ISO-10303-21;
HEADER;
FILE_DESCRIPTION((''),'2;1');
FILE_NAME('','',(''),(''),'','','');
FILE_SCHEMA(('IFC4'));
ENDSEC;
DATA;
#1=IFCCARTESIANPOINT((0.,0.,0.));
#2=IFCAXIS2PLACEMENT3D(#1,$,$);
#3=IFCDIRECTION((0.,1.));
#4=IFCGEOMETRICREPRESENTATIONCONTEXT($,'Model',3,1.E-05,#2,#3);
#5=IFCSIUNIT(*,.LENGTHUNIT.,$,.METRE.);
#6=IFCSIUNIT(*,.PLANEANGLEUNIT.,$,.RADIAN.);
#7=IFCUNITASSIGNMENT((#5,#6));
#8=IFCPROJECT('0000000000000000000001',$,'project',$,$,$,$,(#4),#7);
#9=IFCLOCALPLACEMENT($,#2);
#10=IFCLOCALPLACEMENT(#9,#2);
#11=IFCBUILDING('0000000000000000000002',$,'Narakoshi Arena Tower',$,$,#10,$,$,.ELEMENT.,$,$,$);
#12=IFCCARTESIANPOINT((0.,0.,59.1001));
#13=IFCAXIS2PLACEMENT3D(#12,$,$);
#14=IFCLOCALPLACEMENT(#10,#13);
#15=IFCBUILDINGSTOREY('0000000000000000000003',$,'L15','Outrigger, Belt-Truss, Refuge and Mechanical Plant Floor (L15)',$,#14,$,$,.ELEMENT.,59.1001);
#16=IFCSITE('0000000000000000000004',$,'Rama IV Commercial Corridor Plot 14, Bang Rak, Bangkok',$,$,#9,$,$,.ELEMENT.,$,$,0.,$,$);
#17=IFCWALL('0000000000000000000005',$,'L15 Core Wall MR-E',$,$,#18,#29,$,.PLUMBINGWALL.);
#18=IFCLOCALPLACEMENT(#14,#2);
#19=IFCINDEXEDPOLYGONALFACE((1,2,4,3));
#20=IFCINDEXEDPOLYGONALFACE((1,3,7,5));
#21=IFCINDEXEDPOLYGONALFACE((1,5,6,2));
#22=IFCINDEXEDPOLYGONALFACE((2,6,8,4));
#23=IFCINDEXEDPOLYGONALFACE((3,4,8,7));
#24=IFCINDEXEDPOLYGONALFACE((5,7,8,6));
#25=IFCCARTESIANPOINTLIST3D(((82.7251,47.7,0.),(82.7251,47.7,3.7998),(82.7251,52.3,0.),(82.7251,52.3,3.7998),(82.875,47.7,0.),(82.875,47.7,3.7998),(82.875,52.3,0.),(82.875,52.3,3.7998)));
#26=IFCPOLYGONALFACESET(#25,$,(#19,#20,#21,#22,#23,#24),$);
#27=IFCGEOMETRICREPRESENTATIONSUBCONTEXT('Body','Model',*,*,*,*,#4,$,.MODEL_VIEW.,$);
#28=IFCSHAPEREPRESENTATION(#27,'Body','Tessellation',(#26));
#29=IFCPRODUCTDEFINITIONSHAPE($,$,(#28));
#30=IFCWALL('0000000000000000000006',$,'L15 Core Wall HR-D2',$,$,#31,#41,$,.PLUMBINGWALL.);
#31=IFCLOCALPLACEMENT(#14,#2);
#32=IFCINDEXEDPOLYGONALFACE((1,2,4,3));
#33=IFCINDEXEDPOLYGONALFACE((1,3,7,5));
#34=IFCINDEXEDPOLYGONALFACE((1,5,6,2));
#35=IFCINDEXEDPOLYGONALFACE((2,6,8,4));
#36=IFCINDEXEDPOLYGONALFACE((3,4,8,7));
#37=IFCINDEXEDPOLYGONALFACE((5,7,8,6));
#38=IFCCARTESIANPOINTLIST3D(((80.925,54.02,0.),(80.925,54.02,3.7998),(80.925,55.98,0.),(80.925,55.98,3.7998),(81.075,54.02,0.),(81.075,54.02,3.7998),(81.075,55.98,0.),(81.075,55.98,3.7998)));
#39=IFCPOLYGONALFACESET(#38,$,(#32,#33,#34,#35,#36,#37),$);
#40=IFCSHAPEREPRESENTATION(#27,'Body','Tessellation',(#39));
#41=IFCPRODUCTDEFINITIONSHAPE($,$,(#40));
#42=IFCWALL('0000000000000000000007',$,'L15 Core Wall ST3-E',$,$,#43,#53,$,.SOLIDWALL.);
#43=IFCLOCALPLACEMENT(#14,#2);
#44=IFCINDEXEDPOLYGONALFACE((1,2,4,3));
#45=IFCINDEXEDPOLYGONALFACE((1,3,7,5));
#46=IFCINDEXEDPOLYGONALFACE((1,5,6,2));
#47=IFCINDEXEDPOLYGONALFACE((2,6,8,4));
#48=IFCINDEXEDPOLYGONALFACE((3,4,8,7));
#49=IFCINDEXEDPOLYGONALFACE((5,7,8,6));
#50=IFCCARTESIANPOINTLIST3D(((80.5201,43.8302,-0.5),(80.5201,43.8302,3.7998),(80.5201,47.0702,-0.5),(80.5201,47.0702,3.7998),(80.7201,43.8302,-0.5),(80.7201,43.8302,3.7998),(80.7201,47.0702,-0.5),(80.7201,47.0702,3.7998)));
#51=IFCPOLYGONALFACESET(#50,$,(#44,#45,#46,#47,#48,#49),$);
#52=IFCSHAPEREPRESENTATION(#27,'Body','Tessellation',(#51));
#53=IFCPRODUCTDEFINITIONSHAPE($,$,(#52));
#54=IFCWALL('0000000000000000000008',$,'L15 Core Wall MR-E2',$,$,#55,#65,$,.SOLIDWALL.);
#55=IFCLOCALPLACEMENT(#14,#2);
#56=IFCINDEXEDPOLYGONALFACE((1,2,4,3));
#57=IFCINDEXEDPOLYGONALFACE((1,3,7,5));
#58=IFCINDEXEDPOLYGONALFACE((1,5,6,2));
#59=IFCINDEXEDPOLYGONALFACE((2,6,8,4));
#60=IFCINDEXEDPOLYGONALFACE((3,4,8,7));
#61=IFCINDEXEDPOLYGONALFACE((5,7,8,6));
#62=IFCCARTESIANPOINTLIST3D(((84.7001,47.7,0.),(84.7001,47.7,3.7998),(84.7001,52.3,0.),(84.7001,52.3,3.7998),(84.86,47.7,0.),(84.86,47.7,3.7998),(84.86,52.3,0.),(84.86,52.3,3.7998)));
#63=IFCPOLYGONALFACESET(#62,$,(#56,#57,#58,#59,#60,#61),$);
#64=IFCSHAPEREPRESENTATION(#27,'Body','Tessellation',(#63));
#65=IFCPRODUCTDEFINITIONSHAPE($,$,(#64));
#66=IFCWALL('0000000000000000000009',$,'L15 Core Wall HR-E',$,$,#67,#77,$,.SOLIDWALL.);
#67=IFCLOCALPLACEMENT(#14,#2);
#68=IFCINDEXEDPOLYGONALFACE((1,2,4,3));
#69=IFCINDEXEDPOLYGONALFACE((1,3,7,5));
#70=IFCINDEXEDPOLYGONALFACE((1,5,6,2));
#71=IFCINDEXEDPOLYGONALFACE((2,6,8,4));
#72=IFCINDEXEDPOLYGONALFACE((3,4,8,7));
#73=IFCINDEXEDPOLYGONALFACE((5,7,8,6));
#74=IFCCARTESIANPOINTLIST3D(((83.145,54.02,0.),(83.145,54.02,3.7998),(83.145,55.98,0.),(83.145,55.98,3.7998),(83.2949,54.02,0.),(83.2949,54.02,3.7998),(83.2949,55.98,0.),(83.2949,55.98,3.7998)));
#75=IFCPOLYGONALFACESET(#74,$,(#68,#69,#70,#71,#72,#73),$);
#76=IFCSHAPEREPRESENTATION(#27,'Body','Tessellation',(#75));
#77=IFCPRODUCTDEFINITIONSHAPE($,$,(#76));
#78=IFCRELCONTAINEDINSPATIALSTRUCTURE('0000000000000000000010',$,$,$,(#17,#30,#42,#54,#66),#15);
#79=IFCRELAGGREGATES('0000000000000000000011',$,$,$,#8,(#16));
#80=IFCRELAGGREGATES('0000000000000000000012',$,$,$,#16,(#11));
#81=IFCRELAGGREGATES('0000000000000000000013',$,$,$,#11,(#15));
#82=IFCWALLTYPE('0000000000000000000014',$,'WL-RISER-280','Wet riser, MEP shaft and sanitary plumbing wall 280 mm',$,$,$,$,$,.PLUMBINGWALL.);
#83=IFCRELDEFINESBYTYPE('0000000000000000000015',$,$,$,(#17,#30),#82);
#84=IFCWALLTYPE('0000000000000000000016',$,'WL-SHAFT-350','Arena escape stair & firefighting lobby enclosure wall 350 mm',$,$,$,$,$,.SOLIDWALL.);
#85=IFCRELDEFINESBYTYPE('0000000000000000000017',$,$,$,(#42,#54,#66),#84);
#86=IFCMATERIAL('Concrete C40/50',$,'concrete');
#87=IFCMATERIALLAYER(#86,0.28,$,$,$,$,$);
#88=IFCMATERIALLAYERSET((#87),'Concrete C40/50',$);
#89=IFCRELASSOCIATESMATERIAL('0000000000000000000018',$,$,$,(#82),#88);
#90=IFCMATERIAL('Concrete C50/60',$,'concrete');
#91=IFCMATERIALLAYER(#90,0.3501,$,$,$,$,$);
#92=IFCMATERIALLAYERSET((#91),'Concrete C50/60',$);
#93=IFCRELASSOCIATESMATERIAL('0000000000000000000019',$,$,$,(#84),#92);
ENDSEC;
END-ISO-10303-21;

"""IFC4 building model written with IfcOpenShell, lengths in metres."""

from ifc_helpers import new_model, si_unit, direction, frame, frame_2d, origin, place, context, subcontext, project, spatial, rectangle, extrude, material, layer, layer_set, type_object, element, save


model = new_model("IFC4")

# Units and contexts
model_context = context("Model", 3, precision=1e-05, world=origin(), true_north=direction((0.0, 1.0)))
body_context = subcontext(model_context, "Body", "Model", "MODEL_VIEW")
ifc_project = project(units=[si_unit("LENGTHUNIT", "METRE"), si_unit("PLANEANGLEUNIT", "RADIAN")], contexts=[model_context])

# Site, building, storey
site_placement = place(None, origin())
site = spatial("IfcSite", under=ifc_project, at=site_placement, Name="Rama IV Commercial Corridor Plot 14, Bang Rak, Bangkok", CompositionType="ELEMENT", RefElevation=0.0)
building_placement = place(site_placement, origin())
building = spatial("IfcBuilding", under=site, at=building_placement, Name="Narakoshi Arena Tower", CompositionType="ELEMENT")
storey_placement = place(building_placement, frame((0.0, 0.0, 59.1001)))
storey = spatial("IfcBuildingStorey", under=building, at=storey_placement, Name="L15", Description="Outrigger, Belt-Truss, Refuge and Mechanical Plant Floor (L15)", CompositionType="ELEMENT", Elevation=59.1001)

# Shared definitions
ifc_material_1 = material(Name="Concrete C40/50", Category="concrete")
ifc_layer_1 = layer(ifc_material_1, 0.28)
ifc_layer_set_1 = layer_set([ifc_layer_1], Name="Concrete C40/50")
wall_type_1 = type_object("IfcWallType", Name="WL-RISER-280", Description="Wet riser, MEP shaft and sanitary plumbing wall 280 mm", PredefinedType="PLUMBINGWALL", material=ifc_layer_set_1)

# Walls
wall_1_placement = place(storey_placement, frame((82.8, 47.7, 0.0), z_axis=(0.0, 0.0, 1.0), x_axis=(0.0, 1.0, 0.0)))
element("IfcWall", 1, at=wall_1_placement, inside=storey, type_object=wall_type_1, Name="L15 Core Wall MR-E", PredefinedType="PLUMBINGWALL", context=body_context, shape_type="SweptSolid", body=[
    extrude(rectangle(XDim=4.6001, YDim=0.1499, at=frame_2d((2.3, 0.0))), origin(), (0.0, 0.0, 1.0), 3.7998),
])
wall_2_placement = place(storey_placement, frame((81.0, 54.02, 0.0), z_axis=(0.0, 0.0, 1.0), x_axis=(0.0, 1.0, 0.0)))
element("IfcWall", 2, at=wall_2_placement, inside=storey, type_object=wall_type_1, Name="L15 Core Wall HR-D2", PredefinedType="PLUMBINGWALL", context=body_context, shape_type="SweptSolid", body=[
    extrude(rectangle(XDim=1.96, YDim=0.1499, at=frame_2d((0.98, 0.0))), origin(), (0.0, 0.0, 1.0), 3.7998),
])
ifc_material_2 = material(Name="Concrete C50/60", Category="concrete")
ifc_layer_2 = layer(ifc_material_2, 0.3501)
ifc_layer_set_2 = layer_set([ifc_layer_2], Name="Concrete C50/60")
wall_type_2 = type_object("IfcWallType", Name="WL-SHAFT-350", Description="Arena escape stair & firefighting lobby enclosure wall 350 mm", PredefinedType="SOLIDWALL", material=ifc_layer_set_2)
wall_3_placement = place(storey_placement, frame((80.6201, 43.8301, -0.5), z_axis=(0.0, 0.0, 1.0), x_axis=(0.0, 1.0, 0.0)))
element("IfcWall", 3, at=wall_3_placement, inside=storey, type_object=wall_type_2, Name="L15 Core Wall ST3-E", PredefinedType="SOLIDWALL", context=body_context, shape_type="SweptSolid", body=[
    extrude(rectangle(XDim=3.24, YDim=0.2, at=frame_2d((1.6201, 0.0))), origin(), (0.0, 0.0, 1.0), 4.2998),
])
wall_4_placement = place(storey_placement, frame((84.78, 47.7, 0.0), z_axis=(0.0, 0.0, 1.0), x_axis=(0.0, 1.0, 0.0)))
element("IfcWall", 4, at=wall_4_placement, inside=storey, type_object=wall_type_2, Name="L15 Core Wall MR-E2", PredefinedType="SOLIDWALL", context=body_context, shape_type="SweptSolid", body=[
    extrude(rectangle(XDim=4.6001, YDim=0.1599, at=frame_2d((2.3, 0.0))), origin(), (0.0, 0.0, 1.0), 3.7998),
])
wall_5_placement = place(storey_placement, frame((83.22, 54.02, 0.0), z_axis=(0.0, 0.0, 1.0), x_axis=(0.0, 1.0, 0.0)))
element("IfcWall", 5, at=wall_5_placement, inside=storey, type_object=wall_type_2, Name="L15 Core Wall HR-E", PredefinedType="SOLIDWALL", context=body_context, shape_type="SweptSolid", body=[
    extrude(rectangle(XDim=1.96, YDim=0.1499, at=frame_2d((0.98, 0.0))), origin(), (0.0, 0.0, 1.0), 3.7998),
])

save(model, "model.ifc")
